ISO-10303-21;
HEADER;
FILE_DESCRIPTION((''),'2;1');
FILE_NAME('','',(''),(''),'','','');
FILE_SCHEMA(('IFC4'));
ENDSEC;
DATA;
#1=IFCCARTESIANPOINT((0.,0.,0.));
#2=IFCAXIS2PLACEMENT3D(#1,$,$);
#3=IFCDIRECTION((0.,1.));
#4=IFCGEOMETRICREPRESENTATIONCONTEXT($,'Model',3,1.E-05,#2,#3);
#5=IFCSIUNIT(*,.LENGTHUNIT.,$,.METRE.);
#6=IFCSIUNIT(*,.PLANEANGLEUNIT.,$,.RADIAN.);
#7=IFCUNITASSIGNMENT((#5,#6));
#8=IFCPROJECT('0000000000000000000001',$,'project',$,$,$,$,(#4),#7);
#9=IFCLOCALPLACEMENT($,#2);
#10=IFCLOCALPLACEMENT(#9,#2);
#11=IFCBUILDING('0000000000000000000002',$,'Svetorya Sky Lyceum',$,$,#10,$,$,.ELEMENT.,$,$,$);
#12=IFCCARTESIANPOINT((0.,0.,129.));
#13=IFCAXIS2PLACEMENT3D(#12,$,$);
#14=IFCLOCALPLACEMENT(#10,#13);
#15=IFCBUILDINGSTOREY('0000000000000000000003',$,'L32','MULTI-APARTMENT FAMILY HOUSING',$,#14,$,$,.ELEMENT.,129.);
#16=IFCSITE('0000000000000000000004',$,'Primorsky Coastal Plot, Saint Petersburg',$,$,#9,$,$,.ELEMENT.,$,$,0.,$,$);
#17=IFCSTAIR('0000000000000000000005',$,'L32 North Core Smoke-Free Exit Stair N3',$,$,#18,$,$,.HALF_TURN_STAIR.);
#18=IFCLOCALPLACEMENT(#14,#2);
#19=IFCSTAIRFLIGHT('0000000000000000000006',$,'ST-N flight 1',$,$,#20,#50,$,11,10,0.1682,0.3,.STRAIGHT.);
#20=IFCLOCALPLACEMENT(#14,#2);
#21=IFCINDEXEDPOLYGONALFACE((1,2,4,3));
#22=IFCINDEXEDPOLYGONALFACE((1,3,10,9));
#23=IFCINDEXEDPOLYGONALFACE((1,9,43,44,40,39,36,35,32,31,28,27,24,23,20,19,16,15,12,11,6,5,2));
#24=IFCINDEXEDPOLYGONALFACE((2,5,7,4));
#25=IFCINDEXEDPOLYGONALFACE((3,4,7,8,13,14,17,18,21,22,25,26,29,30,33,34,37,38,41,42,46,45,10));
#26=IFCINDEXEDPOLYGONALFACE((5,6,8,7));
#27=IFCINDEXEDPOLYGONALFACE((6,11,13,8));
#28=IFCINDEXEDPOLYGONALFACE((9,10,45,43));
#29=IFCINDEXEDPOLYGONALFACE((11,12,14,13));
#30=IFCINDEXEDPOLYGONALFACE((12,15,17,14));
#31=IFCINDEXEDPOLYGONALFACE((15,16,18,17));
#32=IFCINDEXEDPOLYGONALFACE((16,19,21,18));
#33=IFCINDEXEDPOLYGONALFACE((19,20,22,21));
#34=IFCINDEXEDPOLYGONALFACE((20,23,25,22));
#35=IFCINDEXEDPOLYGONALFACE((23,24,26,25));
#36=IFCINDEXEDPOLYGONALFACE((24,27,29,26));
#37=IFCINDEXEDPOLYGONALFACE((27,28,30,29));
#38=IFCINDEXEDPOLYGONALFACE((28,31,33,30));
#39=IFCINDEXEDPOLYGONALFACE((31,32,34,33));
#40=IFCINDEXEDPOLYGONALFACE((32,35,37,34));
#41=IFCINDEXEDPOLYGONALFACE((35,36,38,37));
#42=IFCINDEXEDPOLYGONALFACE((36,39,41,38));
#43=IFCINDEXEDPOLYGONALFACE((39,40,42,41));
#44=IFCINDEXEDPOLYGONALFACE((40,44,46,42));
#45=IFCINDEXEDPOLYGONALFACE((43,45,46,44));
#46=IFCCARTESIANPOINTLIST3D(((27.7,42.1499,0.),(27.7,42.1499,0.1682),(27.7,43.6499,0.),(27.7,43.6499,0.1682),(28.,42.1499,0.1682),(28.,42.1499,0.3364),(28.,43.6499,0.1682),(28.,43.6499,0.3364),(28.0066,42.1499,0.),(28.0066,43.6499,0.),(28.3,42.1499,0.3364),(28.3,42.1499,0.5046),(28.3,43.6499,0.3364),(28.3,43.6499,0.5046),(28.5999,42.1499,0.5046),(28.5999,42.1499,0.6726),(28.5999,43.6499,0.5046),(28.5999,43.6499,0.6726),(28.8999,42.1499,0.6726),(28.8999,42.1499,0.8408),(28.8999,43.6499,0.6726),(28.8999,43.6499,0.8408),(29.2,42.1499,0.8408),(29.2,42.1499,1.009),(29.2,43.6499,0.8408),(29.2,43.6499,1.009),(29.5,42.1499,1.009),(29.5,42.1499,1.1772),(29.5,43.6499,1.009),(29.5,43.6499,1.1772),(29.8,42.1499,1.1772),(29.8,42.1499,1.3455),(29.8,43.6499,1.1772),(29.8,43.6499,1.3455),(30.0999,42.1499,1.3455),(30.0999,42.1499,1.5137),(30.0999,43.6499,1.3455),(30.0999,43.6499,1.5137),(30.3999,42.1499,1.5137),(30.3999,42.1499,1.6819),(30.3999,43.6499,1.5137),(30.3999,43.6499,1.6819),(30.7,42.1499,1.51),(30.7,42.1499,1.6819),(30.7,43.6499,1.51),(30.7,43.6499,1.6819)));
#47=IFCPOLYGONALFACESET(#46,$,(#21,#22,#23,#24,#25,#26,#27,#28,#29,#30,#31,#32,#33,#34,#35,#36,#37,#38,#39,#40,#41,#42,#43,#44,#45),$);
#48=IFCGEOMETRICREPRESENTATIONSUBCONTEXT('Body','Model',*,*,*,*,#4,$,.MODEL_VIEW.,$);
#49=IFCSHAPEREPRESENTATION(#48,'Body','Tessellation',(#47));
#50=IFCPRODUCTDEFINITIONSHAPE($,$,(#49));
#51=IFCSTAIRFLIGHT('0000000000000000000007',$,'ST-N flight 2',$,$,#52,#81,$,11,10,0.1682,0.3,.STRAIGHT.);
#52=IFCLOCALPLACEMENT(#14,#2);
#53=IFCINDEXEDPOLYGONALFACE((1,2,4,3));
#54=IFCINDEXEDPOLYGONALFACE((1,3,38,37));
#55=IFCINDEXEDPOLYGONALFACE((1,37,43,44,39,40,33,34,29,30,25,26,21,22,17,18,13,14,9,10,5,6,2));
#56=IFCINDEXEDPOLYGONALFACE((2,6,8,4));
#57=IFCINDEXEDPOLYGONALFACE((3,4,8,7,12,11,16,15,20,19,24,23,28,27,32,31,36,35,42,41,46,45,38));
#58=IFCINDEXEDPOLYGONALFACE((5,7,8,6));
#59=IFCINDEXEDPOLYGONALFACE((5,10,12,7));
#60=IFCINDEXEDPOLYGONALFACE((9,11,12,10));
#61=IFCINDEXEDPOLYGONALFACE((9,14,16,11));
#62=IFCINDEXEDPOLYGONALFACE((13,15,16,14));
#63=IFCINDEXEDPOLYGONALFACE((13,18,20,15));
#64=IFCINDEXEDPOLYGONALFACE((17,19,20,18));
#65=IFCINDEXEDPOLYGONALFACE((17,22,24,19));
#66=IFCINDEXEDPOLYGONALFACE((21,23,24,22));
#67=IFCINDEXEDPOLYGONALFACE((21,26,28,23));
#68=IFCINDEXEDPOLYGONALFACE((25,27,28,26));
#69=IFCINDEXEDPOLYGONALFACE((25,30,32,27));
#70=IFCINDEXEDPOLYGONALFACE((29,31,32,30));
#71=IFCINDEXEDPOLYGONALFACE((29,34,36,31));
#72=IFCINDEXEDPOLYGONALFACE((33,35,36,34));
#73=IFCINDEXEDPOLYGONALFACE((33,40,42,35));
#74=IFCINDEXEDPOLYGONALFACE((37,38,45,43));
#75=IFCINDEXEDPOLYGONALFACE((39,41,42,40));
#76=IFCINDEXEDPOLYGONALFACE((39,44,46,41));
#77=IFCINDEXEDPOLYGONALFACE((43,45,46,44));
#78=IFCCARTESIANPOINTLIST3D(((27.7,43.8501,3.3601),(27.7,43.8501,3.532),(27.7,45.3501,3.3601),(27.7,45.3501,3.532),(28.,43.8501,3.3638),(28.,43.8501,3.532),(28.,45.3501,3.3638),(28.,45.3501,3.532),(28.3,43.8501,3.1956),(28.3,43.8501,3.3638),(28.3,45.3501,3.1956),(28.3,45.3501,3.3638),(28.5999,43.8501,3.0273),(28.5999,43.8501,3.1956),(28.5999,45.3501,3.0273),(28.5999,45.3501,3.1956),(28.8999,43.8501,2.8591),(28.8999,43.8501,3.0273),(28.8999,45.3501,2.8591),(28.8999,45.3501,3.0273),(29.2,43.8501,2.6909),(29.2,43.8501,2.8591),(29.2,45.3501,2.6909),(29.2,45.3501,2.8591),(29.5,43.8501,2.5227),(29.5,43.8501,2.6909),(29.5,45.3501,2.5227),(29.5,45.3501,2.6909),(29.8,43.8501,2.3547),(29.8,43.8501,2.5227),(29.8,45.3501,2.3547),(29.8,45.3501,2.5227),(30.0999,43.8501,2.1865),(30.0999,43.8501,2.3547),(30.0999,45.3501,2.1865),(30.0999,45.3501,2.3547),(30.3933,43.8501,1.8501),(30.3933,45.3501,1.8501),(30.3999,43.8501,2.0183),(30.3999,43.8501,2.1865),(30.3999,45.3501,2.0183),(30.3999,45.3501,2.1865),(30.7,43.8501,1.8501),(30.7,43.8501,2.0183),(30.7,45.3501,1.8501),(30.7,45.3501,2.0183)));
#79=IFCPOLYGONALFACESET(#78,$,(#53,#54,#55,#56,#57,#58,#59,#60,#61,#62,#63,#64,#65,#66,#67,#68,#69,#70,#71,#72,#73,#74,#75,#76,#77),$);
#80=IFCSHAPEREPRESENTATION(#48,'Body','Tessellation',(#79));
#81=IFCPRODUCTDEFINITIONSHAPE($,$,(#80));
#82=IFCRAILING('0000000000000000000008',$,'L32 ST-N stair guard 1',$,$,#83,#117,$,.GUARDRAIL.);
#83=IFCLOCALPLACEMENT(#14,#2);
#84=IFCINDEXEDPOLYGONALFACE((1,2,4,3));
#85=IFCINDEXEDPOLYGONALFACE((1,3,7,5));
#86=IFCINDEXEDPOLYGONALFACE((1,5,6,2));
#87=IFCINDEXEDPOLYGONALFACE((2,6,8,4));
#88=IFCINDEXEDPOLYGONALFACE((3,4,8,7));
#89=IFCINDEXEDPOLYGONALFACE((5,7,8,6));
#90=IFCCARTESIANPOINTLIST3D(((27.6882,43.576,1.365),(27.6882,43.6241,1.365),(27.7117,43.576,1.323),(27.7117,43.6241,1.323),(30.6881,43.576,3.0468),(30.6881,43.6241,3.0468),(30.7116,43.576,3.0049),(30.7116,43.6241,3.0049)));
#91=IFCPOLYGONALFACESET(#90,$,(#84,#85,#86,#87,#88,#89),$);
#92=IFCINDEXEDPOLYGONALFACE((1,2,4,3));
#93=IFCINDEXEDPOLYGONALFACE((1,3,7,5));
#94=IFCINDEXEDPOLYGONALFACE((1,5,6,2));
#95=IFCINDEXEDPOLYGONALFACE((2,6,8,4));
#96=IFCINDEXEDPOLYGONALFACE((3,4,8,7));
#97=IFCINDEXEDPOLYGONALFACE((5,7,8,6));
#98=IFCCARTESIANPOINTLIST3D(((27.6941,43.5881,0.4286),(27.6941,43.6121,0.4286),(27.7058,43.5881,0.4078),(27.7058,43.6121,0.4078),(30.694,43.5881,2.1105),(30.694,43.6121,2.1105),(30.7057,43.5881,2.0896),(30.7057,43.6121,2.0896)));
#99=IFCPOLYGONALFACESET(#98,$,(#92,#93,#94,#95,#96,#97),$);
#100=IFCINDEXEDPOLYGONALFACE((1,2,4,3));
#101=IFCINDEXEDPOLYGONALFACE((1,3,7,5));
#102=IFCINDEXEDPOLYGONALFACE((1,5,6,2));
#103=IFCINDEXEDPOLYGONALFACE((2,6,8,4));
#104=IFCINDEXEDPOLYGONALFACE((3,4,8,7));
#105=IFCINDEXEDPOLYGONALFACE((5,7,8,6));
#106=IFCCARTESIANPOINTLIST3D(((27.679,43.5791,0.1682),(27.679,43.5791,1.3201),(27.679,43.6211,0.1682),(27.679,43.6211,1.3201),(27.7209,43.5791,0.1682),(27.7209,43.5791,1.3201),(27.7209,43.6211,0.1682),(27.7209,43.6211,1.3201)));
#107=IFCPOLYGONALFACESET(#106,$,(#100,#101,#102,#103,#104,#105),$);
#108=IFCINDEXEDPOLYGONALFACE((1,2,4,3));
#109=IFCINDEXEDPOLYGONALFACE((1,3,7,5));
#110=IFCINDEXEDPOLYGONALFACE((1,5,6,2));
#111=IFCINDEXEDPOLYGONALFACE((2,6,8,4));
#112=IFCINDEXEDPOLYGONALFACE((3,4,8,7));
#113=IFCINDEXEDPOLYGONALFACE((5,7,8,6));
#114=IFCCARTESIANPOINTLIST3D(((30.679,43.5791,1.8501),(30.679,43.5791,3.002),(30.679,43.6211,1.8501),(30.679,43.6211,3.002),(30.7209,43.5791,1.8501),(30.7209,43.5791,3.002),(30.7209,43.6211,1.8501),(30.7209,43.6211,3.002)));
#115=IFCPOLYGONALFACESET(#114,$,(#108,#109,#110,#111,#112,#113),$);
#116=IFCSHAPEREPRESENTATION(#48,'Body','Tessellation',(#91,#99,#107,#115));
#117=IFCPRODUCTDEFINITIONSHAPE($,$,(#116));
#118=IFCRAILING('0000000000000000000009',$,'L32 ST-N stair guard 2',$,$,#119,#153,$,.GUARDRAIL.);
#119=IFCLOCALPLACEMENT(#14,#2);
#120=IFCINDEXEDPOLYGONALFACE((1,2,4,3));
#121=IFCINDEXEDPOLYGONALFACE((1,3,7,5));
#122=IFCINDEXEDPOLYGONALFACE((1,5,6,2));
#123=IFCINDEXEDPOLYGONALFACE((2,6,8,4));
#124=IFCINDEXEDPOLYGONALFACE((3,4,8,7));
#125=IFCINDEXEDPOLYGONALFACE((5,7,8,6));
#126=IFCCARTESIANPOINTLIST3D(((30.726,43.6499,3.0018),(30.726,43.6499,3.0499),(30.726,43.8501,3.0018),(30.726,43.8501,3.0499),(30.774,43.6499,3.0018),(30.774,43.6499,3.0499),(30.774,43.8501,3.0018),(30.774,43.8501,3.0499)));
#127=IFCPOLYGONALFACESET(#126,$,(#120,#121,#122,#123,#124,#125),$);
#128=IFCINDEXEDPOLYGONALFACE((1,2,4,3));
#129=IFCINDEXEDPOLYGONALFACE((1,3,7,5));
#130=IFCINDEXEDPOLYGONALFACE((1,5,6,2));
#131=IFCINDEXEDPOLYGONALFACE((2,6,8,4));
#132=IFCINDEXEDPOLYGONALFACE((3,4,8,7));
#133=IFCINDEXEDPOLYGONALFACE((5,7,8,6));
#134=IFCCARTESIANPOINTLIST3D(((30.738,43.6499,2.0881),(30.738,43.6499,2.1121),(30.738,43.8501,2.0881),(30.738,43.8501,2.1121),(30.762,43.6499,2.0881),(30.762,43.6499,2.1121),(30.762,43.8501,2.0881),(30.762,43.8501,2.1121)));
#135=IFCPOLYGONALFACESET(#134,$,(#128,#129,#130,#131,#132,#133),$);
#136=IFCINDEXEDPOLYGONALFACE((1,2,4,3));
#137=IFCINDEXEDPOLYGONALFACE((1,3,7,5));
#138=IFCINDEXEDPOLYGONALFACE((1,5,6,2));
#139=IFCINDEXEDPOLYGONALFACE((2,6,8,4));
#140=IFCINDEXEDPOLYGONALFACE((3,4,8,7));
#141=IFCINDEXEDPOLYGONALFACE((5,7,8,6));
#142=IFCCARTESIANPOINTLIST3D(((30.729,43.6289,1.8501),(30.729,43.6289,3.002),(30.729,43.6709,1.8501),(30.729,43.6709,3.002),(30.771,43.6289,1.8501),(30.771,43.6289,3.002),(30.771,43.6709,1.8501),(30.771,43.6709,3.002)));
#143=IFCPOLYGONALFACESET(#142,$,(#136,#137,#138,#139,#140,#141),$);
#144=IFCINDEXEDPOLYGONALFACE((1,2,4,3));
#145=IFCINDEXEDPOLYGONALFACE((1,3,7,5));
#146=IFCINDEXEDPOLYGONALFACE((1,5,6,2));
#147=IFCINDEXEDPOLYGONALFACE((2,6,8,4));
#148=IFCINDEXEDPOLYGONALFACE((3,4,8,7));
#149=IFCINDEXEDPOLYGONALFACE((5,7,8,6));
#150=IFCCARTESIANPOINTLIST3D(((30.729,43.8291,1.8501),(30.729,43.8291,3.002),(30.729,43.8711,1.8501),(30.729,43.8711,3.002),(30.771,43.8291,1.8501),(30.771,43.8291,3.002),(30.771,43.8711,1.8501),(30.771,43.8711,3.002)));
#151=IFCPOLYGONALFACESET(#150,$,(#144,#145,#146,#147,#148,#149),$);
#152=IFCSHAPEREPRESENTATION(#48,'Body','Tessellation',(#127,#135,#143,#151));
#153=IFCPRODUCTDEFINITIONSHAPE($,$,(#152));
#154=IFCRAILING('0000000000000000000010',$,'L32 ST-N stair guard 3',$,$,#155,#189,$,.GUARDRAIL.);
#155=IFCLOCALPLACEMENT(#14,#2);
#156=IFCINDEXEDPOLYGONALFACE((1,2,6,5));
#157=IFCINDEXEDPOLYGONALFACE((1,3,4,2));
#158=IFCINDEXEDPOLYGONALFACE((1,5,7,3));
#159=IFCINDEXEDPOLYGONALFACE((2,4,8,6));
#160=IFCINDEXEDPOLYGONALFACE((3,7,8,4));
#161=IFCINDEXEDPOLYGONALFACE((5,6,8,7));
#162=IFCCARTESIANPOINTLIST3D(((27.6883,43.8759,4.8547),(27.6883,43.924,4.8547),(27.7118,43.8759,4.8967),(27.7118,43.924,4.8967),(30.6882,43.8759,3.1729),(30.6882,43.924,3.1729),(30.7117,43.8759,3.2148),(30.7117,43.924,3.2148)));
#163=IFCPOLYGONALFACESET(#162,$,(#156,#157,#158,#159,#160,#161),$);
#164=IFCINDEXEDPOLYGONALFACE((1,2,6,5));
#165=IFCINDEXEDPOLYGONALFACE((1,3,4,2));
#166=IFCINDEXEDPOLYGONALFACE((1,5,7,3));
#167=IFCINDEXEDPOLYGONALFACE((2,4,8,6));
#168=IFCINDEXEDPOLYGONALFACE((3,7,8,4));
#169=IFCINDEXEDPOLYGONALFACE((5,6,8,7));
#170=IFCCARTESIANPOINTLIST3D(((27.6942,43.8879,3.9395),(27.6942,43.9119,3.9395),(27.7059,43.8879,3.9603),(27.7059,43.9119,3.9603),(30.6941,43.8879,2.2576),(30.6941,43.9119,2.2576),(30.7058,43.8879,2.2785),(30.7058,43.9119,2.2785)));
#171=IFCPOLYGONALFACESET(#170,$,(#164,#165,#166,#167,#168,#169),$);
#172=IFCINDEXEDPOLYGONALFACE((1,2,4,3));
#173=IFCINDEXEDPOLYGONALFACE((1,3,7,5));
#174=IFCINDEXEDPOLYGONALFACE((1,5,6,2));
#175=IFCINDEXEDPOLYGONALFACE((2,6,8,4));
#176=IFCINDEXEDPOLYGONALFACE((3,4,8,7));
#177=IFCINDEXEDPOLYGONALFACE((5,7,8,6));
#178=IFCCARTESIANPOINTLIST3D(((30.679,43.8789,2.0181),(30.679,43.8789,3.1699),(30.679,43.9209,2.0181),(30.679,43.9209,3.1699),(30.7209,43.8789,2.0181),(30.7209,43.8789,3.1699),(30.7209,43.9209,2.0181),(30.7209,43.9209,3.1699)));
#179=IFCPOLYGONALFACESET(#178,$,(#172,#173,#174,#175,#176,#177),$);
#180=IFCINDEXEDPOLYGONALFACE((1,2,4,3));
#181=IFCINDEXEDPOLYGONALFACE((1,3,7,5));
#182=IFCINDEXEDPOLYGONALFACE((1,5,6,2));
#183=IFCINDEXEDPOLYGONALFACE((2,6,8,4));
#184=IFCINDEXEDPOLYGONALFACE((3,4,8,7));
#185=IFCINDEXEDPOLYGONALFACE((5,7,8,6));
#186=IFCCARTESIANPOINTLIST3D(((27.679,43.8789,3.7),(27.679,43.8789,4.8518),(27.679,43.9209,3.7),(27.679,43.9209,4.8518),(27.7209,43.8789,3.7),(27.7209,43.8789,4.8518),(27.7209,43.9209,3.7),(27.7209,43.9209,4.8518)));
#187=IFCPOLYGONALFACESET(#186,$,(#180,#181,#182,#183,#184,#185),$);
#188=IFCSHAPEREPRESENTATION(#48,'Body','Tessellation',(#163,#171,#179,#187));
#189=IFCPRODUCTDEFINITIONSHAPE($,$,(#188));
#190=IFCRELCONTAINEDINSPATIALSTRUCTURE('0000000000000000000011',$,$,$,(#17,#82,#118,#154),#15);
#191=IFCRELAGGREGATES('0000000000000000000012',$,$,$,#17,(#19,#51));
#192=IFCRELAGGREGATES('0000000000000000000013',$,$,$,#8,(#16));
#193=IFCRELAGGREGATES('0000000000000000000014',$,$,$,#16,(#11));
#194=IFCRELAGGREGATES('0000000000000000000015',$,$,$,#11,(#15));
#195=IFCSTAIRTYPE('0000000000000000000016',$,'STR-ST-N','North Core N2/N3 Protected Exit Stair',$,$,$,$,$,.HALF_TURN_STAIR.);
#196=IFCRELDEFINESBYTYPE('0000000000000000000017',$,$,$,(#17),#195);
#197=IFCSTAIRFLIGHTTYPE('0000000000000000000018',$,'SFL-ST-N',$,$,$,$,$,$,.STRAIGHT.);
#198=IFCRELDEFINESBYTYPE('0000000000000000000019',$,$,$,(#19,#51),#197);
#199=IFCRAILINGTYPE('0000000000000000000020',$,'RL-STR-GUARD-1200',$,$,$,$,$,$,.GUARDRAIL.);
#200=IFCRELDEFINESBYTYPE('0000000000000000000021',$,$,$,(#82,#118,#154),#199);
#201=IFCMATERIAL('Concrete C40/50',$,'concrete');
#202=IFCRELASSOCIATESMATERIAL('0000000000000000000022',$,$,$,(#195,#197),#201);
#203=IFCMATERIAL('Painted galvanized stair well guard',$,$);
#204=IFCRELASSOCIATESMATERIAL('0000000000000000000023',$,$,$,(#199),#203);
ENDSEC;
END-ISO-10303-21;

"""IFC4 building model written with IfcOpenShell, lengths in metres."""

from ifc_helpers import new_model, si_unit, direction, frame, origin, origin_2d, place, context, subcontext, project, spatial, polyline, rectangle, outline, extrude, material, type_object, element, aggregate, save


model = new_model("IFC4")

# Units and contexts
model_context = context("Model", 3, precision=1e-05, world=origin(), true_north=direction((0.0, 1.0)))
body_context = subcontext(model_context, "Body", "Model", "MODEL_VIEW")
ifc_project = project(units=[si_unit("LENGTHUNIT", "METRE"), si_unit("PLANEANGLEUNIT", "RADIAN")], contexts=[model_context])

# Site, building, storey
site_placement = place(None, origin())
site = spatial("IfcSite", under=ifc_project, at=site_placement, Name="Primorsky Coastal Plot, Saint Petersburg", CompositionType="ELEMENT", RefElevation=0.0)
building_placement = place(site_placement, origin())
building = spatial("IfcBuilding", under=site, at=building_placement, Name="Svetorya Sky Lyceum", CompositionType="ELEMENT")
storey_placement = place(building_placement, frame((0.0, 0.0, 129.0)))
storey = spatial("IfcBuildingStorey", under=building, at=storey_placement, Name="L32", Description="MULTI-APARTMENT FAMILY HOUSING", CompositionType="ELEMENT", Elevation=129.0)

# Shared definitions
ifc_material_1 = material(Name="Concrete C40/50", Category="concrete")

# Stair, stair flights
stair_type = type_object("IfcStairType", Name="STR-ST-N", Description="North Core N2/N3 Protected Exit Stair", PredefinedType="HALF_TURN_STAIR", material=ifc_material_1)
stair_placement = place(storey_placement, origin())
stair = element("IfcStair", 1, at=stair_placement, inside=storey, type_object=stair_type, Name="L32 North Core Smoke-Free Exit Stair N3", PredefinedType="HALF_TURN_STAIR")
stair_flight_type = type_object("IfcStairFlightType", Name="SFL-ST-N", PredefinedType="STRAIGHT", material=ifc_material_1)
stair_flight_1_placement = place(storey_placement, frame((27.7, 42.8999, 0.0), z_axis=(0.0, 0.0, 1.0), x_axis=(1.0, 0.0, 0.0)))
stair_flight_1 = element("IfcStairFlight", 2, at=stair_flight_1_placement, type_object=stair_flight_type, Name="ST-N flight 1", NumberOfRisers=11, NumberOfTreads=10, PredefinedType="STRAIGHT", RiserHeight=0.1682, TreadLength=0.3, context=body_context, shape_type="SweptSolid", body=[
    extrude(outline(polyline([(0.0, 0.0), (0.0, 0.1682), (0.3, 0.1682), (0.3, 0.3364), (0.6001, 0.3364), (0.6001, 0.5046), (0.8999, 0.5046), (0.8999, 0.6726), (1.2, 0.6726), (1.2, 0.8408), (1.5, 0.8408), (1.5, 1.009), (1.8, 1.009), (1.8, 1.1772), (2.1001, 1.1772), (2.1001, 1.3455), (2.3999, 1.3455), (2.3999, 1.5137), (2.7, 1.5137), (2.7, 1.6819), (3.0, 1.6819), (3.0, 1.8501), (3.0, 1.51), (0.3066, 0.0), (0.0, 0.0)])), frame((0.0, 0.75, 0.0), z_axis=(0.0, -1.0, 0.0), x_axis=(1.0, 0.0, 0.0)), (0.0, 0.0, 1.0), 1.5),
])
stair_flight_2_placement = place(storey_placement, frame((30.7, 44.6001, 1.8501), z_axis=(0.0, 0.0, 1.0), x_axis=(-1.0, 0.0, 0.0)))
stair_flight_2 = element("IfcStairFlight", 3, at=stair_flight_2_placement, type_object=stair_flight_type, Name="ST-N flight 2", NumberOfRisers=11, NumberOfTreads=10, PredefinedType="STRAIGHT", RiserHeight=0.1682, TreadLength=0.3, context=body_context, shape_type="SweptSolid", body=[
    extrude(outline(polyline([(0.0, 0.0), (0.0, 0.1682), (0.3, 0.1682), (0.3, 0.3364), (0.6001, 0.3364), (0.6001, 0.5046), (0.8999, 0.5046), (0.8999, 0.6726), (1.2, 0.6726), (1.2, 0.8408), (1.5, 0.8408), (1.5, 1.009), (1.8, 1.009), (1.8, 1.1772), (2.1001, 1.1772), (2.1001, 1.3455), (2.3999, 1.3455), (2.3999, 1.5137), (2.7, 1.5137), (2.7, 1.6819), (3.0, 1.6819), (3.0, 1.8501), (3.0, 1.51), (0.3066, 0.0), (0.0, 0.0)])), frame((0.0, 0.75, 0.0), z_axis=(0.0, -1.0, 0.0), x_axis=(1.0, 0.0, 0.0)), (0.0, 0.0, 1.0), 1.5),
])
aggregate(stair, [stair_flight_1, stair_flight_2])

# Railings
ifc_material_2 = material(Name="Painted galvanized stair well guard")
railing_type_1 = type_object("IfcRailingType", Name="RL-STR-GUARD-1200", PredefinedType="GUARDRAIL", material=ifc_material_2)
railing_1_placement = place(storey_placement, frame((27.7, 43.6001, 0.1682)))
element("IfcRailing", 4, at=railing_1_placement, inside=storey, type_object=railing_type_1, Name="L32 ST-N stair guard 1", PredefinedType="GUARDRAIL", context=body_context, shape_type="SweptSolid", body=[
    extrude(rectangle(XDim=0.0481, YDim=0.0481, at=origin_2d()), frame((0.0, 0.0, 1.1758), z_axis=(0.872272, 0.0, 0.48902), x_axis=(0.0, 1.0, 0.0)), (0.0, 0.0, 1.0), 3.4392),
    extrude(rectangle(XDim=0.0239, YDim=0.0239, at=origin_2d()), frame((0.0, 0.0, 0.25), z_axis=(0.872272, 0.0, 0.48902), x_axis=(0.0, 1.0, 0.0)), (0.0, 0.0, 1.0), 3.4392),
    extrude(rectangle(XDim=0.042, YDim=0.042, at=origin_2d()), origin(), (0.0, 0.0, 1.0), 1.1519),
    extrude(rectangle(XDim=0.042, YDim=0.042, at=origin_2d()), frame((3.0, 0.0, 1.6819)), (0.0, 0.0, 1.0), 1.1519),
])
railing_2_placement = place(storey_placement, frame((30.75, 43.6499, 1.8501)))
element("IfcRailing", 5, at=railing_2_placement, inside=storey, type_object=railing_type_1, Name="L32 ST-N stair guard 2", PredefinedType="GUARDRAIL", context=body_context, shape_type="SweptSolid", body=[
    extrude(rectangle(XDim=0.0481, YDim=0.0481, at=origin_2d()), frame((0.0, 0.0, 1.1758), z_axis=(0.0, 1.0, 0.0), x_axis=(-1.0, 0.0, 0.0)), (0.0, 0.0, 1.0), 0.2002),
    extrude(rectangle(XDim=0.0239, YDim=0.0239, at=origin_2d()), frame((0.0, 0.0, 0.25), z_axis=(0.0, 1.0, 0.0), x_axis=(-1.0, 0.0, 0.0)), (0.0, 0.0, 1.0), 0.2002),
    extrude(rectangle(XDim=0.042, YDim=0.042, at=origin_2d()), origin(), (0.0, 0.0, 1.0), 1.1519),
    extrude(rectangle(XDim=0.042, YDim=0.042, at=origin_2d()), frame((0.0, 0.2002, 0.0)), (0.0, 0.0, 1.0), 1.1519),
])
railing_3_placement = place(storey_placement, frame((30.7, 43.8999, 2.0181)))
element("IfcRailing", 6, at=railing_3_placement, inside=storey, type_object=railing_type_1, Name="L32 ST-N stair guard 3", PredefinedType="GUARDRAIL", context=body_context, shape_type="SweptSolid", body=[
    extrude(rectangle(XDim=0.0481, YDim=0.0481, at=origin_2d()), frame((0.0, 0.0, 1.1758), z_axis=(-0.872272, 0.0, 0.48902), x_axis=(0.0, -1.0, 0.0)), (0.0, 0.0, 1.0), 3.4392),
    extrude(rectangle(XDim=0.0239, YDim=0.0239, at=origin_2d()), frame((0.0, 0.0, 0.25), z_axis=(-0.872272, 0.0, 0.48902), x_axis=(0.0, -1.0, 0.0)), (0.0, 0.0, 1.0), 3.4392),
    extrude(rectangle(XDim=0.042, YDim=0.042, at=origin_2d()), origin(), (0.0, 0.0, 1.0), 1.1519),
    extrude(rectangle(XDim=0.042, YDim=0.042, at=origin_2d()), frame((-3.0, 0.0, 1.6819)), (0.0, 0.0, 1.0), 1.1519),
])

save(model, "model.ifc")
